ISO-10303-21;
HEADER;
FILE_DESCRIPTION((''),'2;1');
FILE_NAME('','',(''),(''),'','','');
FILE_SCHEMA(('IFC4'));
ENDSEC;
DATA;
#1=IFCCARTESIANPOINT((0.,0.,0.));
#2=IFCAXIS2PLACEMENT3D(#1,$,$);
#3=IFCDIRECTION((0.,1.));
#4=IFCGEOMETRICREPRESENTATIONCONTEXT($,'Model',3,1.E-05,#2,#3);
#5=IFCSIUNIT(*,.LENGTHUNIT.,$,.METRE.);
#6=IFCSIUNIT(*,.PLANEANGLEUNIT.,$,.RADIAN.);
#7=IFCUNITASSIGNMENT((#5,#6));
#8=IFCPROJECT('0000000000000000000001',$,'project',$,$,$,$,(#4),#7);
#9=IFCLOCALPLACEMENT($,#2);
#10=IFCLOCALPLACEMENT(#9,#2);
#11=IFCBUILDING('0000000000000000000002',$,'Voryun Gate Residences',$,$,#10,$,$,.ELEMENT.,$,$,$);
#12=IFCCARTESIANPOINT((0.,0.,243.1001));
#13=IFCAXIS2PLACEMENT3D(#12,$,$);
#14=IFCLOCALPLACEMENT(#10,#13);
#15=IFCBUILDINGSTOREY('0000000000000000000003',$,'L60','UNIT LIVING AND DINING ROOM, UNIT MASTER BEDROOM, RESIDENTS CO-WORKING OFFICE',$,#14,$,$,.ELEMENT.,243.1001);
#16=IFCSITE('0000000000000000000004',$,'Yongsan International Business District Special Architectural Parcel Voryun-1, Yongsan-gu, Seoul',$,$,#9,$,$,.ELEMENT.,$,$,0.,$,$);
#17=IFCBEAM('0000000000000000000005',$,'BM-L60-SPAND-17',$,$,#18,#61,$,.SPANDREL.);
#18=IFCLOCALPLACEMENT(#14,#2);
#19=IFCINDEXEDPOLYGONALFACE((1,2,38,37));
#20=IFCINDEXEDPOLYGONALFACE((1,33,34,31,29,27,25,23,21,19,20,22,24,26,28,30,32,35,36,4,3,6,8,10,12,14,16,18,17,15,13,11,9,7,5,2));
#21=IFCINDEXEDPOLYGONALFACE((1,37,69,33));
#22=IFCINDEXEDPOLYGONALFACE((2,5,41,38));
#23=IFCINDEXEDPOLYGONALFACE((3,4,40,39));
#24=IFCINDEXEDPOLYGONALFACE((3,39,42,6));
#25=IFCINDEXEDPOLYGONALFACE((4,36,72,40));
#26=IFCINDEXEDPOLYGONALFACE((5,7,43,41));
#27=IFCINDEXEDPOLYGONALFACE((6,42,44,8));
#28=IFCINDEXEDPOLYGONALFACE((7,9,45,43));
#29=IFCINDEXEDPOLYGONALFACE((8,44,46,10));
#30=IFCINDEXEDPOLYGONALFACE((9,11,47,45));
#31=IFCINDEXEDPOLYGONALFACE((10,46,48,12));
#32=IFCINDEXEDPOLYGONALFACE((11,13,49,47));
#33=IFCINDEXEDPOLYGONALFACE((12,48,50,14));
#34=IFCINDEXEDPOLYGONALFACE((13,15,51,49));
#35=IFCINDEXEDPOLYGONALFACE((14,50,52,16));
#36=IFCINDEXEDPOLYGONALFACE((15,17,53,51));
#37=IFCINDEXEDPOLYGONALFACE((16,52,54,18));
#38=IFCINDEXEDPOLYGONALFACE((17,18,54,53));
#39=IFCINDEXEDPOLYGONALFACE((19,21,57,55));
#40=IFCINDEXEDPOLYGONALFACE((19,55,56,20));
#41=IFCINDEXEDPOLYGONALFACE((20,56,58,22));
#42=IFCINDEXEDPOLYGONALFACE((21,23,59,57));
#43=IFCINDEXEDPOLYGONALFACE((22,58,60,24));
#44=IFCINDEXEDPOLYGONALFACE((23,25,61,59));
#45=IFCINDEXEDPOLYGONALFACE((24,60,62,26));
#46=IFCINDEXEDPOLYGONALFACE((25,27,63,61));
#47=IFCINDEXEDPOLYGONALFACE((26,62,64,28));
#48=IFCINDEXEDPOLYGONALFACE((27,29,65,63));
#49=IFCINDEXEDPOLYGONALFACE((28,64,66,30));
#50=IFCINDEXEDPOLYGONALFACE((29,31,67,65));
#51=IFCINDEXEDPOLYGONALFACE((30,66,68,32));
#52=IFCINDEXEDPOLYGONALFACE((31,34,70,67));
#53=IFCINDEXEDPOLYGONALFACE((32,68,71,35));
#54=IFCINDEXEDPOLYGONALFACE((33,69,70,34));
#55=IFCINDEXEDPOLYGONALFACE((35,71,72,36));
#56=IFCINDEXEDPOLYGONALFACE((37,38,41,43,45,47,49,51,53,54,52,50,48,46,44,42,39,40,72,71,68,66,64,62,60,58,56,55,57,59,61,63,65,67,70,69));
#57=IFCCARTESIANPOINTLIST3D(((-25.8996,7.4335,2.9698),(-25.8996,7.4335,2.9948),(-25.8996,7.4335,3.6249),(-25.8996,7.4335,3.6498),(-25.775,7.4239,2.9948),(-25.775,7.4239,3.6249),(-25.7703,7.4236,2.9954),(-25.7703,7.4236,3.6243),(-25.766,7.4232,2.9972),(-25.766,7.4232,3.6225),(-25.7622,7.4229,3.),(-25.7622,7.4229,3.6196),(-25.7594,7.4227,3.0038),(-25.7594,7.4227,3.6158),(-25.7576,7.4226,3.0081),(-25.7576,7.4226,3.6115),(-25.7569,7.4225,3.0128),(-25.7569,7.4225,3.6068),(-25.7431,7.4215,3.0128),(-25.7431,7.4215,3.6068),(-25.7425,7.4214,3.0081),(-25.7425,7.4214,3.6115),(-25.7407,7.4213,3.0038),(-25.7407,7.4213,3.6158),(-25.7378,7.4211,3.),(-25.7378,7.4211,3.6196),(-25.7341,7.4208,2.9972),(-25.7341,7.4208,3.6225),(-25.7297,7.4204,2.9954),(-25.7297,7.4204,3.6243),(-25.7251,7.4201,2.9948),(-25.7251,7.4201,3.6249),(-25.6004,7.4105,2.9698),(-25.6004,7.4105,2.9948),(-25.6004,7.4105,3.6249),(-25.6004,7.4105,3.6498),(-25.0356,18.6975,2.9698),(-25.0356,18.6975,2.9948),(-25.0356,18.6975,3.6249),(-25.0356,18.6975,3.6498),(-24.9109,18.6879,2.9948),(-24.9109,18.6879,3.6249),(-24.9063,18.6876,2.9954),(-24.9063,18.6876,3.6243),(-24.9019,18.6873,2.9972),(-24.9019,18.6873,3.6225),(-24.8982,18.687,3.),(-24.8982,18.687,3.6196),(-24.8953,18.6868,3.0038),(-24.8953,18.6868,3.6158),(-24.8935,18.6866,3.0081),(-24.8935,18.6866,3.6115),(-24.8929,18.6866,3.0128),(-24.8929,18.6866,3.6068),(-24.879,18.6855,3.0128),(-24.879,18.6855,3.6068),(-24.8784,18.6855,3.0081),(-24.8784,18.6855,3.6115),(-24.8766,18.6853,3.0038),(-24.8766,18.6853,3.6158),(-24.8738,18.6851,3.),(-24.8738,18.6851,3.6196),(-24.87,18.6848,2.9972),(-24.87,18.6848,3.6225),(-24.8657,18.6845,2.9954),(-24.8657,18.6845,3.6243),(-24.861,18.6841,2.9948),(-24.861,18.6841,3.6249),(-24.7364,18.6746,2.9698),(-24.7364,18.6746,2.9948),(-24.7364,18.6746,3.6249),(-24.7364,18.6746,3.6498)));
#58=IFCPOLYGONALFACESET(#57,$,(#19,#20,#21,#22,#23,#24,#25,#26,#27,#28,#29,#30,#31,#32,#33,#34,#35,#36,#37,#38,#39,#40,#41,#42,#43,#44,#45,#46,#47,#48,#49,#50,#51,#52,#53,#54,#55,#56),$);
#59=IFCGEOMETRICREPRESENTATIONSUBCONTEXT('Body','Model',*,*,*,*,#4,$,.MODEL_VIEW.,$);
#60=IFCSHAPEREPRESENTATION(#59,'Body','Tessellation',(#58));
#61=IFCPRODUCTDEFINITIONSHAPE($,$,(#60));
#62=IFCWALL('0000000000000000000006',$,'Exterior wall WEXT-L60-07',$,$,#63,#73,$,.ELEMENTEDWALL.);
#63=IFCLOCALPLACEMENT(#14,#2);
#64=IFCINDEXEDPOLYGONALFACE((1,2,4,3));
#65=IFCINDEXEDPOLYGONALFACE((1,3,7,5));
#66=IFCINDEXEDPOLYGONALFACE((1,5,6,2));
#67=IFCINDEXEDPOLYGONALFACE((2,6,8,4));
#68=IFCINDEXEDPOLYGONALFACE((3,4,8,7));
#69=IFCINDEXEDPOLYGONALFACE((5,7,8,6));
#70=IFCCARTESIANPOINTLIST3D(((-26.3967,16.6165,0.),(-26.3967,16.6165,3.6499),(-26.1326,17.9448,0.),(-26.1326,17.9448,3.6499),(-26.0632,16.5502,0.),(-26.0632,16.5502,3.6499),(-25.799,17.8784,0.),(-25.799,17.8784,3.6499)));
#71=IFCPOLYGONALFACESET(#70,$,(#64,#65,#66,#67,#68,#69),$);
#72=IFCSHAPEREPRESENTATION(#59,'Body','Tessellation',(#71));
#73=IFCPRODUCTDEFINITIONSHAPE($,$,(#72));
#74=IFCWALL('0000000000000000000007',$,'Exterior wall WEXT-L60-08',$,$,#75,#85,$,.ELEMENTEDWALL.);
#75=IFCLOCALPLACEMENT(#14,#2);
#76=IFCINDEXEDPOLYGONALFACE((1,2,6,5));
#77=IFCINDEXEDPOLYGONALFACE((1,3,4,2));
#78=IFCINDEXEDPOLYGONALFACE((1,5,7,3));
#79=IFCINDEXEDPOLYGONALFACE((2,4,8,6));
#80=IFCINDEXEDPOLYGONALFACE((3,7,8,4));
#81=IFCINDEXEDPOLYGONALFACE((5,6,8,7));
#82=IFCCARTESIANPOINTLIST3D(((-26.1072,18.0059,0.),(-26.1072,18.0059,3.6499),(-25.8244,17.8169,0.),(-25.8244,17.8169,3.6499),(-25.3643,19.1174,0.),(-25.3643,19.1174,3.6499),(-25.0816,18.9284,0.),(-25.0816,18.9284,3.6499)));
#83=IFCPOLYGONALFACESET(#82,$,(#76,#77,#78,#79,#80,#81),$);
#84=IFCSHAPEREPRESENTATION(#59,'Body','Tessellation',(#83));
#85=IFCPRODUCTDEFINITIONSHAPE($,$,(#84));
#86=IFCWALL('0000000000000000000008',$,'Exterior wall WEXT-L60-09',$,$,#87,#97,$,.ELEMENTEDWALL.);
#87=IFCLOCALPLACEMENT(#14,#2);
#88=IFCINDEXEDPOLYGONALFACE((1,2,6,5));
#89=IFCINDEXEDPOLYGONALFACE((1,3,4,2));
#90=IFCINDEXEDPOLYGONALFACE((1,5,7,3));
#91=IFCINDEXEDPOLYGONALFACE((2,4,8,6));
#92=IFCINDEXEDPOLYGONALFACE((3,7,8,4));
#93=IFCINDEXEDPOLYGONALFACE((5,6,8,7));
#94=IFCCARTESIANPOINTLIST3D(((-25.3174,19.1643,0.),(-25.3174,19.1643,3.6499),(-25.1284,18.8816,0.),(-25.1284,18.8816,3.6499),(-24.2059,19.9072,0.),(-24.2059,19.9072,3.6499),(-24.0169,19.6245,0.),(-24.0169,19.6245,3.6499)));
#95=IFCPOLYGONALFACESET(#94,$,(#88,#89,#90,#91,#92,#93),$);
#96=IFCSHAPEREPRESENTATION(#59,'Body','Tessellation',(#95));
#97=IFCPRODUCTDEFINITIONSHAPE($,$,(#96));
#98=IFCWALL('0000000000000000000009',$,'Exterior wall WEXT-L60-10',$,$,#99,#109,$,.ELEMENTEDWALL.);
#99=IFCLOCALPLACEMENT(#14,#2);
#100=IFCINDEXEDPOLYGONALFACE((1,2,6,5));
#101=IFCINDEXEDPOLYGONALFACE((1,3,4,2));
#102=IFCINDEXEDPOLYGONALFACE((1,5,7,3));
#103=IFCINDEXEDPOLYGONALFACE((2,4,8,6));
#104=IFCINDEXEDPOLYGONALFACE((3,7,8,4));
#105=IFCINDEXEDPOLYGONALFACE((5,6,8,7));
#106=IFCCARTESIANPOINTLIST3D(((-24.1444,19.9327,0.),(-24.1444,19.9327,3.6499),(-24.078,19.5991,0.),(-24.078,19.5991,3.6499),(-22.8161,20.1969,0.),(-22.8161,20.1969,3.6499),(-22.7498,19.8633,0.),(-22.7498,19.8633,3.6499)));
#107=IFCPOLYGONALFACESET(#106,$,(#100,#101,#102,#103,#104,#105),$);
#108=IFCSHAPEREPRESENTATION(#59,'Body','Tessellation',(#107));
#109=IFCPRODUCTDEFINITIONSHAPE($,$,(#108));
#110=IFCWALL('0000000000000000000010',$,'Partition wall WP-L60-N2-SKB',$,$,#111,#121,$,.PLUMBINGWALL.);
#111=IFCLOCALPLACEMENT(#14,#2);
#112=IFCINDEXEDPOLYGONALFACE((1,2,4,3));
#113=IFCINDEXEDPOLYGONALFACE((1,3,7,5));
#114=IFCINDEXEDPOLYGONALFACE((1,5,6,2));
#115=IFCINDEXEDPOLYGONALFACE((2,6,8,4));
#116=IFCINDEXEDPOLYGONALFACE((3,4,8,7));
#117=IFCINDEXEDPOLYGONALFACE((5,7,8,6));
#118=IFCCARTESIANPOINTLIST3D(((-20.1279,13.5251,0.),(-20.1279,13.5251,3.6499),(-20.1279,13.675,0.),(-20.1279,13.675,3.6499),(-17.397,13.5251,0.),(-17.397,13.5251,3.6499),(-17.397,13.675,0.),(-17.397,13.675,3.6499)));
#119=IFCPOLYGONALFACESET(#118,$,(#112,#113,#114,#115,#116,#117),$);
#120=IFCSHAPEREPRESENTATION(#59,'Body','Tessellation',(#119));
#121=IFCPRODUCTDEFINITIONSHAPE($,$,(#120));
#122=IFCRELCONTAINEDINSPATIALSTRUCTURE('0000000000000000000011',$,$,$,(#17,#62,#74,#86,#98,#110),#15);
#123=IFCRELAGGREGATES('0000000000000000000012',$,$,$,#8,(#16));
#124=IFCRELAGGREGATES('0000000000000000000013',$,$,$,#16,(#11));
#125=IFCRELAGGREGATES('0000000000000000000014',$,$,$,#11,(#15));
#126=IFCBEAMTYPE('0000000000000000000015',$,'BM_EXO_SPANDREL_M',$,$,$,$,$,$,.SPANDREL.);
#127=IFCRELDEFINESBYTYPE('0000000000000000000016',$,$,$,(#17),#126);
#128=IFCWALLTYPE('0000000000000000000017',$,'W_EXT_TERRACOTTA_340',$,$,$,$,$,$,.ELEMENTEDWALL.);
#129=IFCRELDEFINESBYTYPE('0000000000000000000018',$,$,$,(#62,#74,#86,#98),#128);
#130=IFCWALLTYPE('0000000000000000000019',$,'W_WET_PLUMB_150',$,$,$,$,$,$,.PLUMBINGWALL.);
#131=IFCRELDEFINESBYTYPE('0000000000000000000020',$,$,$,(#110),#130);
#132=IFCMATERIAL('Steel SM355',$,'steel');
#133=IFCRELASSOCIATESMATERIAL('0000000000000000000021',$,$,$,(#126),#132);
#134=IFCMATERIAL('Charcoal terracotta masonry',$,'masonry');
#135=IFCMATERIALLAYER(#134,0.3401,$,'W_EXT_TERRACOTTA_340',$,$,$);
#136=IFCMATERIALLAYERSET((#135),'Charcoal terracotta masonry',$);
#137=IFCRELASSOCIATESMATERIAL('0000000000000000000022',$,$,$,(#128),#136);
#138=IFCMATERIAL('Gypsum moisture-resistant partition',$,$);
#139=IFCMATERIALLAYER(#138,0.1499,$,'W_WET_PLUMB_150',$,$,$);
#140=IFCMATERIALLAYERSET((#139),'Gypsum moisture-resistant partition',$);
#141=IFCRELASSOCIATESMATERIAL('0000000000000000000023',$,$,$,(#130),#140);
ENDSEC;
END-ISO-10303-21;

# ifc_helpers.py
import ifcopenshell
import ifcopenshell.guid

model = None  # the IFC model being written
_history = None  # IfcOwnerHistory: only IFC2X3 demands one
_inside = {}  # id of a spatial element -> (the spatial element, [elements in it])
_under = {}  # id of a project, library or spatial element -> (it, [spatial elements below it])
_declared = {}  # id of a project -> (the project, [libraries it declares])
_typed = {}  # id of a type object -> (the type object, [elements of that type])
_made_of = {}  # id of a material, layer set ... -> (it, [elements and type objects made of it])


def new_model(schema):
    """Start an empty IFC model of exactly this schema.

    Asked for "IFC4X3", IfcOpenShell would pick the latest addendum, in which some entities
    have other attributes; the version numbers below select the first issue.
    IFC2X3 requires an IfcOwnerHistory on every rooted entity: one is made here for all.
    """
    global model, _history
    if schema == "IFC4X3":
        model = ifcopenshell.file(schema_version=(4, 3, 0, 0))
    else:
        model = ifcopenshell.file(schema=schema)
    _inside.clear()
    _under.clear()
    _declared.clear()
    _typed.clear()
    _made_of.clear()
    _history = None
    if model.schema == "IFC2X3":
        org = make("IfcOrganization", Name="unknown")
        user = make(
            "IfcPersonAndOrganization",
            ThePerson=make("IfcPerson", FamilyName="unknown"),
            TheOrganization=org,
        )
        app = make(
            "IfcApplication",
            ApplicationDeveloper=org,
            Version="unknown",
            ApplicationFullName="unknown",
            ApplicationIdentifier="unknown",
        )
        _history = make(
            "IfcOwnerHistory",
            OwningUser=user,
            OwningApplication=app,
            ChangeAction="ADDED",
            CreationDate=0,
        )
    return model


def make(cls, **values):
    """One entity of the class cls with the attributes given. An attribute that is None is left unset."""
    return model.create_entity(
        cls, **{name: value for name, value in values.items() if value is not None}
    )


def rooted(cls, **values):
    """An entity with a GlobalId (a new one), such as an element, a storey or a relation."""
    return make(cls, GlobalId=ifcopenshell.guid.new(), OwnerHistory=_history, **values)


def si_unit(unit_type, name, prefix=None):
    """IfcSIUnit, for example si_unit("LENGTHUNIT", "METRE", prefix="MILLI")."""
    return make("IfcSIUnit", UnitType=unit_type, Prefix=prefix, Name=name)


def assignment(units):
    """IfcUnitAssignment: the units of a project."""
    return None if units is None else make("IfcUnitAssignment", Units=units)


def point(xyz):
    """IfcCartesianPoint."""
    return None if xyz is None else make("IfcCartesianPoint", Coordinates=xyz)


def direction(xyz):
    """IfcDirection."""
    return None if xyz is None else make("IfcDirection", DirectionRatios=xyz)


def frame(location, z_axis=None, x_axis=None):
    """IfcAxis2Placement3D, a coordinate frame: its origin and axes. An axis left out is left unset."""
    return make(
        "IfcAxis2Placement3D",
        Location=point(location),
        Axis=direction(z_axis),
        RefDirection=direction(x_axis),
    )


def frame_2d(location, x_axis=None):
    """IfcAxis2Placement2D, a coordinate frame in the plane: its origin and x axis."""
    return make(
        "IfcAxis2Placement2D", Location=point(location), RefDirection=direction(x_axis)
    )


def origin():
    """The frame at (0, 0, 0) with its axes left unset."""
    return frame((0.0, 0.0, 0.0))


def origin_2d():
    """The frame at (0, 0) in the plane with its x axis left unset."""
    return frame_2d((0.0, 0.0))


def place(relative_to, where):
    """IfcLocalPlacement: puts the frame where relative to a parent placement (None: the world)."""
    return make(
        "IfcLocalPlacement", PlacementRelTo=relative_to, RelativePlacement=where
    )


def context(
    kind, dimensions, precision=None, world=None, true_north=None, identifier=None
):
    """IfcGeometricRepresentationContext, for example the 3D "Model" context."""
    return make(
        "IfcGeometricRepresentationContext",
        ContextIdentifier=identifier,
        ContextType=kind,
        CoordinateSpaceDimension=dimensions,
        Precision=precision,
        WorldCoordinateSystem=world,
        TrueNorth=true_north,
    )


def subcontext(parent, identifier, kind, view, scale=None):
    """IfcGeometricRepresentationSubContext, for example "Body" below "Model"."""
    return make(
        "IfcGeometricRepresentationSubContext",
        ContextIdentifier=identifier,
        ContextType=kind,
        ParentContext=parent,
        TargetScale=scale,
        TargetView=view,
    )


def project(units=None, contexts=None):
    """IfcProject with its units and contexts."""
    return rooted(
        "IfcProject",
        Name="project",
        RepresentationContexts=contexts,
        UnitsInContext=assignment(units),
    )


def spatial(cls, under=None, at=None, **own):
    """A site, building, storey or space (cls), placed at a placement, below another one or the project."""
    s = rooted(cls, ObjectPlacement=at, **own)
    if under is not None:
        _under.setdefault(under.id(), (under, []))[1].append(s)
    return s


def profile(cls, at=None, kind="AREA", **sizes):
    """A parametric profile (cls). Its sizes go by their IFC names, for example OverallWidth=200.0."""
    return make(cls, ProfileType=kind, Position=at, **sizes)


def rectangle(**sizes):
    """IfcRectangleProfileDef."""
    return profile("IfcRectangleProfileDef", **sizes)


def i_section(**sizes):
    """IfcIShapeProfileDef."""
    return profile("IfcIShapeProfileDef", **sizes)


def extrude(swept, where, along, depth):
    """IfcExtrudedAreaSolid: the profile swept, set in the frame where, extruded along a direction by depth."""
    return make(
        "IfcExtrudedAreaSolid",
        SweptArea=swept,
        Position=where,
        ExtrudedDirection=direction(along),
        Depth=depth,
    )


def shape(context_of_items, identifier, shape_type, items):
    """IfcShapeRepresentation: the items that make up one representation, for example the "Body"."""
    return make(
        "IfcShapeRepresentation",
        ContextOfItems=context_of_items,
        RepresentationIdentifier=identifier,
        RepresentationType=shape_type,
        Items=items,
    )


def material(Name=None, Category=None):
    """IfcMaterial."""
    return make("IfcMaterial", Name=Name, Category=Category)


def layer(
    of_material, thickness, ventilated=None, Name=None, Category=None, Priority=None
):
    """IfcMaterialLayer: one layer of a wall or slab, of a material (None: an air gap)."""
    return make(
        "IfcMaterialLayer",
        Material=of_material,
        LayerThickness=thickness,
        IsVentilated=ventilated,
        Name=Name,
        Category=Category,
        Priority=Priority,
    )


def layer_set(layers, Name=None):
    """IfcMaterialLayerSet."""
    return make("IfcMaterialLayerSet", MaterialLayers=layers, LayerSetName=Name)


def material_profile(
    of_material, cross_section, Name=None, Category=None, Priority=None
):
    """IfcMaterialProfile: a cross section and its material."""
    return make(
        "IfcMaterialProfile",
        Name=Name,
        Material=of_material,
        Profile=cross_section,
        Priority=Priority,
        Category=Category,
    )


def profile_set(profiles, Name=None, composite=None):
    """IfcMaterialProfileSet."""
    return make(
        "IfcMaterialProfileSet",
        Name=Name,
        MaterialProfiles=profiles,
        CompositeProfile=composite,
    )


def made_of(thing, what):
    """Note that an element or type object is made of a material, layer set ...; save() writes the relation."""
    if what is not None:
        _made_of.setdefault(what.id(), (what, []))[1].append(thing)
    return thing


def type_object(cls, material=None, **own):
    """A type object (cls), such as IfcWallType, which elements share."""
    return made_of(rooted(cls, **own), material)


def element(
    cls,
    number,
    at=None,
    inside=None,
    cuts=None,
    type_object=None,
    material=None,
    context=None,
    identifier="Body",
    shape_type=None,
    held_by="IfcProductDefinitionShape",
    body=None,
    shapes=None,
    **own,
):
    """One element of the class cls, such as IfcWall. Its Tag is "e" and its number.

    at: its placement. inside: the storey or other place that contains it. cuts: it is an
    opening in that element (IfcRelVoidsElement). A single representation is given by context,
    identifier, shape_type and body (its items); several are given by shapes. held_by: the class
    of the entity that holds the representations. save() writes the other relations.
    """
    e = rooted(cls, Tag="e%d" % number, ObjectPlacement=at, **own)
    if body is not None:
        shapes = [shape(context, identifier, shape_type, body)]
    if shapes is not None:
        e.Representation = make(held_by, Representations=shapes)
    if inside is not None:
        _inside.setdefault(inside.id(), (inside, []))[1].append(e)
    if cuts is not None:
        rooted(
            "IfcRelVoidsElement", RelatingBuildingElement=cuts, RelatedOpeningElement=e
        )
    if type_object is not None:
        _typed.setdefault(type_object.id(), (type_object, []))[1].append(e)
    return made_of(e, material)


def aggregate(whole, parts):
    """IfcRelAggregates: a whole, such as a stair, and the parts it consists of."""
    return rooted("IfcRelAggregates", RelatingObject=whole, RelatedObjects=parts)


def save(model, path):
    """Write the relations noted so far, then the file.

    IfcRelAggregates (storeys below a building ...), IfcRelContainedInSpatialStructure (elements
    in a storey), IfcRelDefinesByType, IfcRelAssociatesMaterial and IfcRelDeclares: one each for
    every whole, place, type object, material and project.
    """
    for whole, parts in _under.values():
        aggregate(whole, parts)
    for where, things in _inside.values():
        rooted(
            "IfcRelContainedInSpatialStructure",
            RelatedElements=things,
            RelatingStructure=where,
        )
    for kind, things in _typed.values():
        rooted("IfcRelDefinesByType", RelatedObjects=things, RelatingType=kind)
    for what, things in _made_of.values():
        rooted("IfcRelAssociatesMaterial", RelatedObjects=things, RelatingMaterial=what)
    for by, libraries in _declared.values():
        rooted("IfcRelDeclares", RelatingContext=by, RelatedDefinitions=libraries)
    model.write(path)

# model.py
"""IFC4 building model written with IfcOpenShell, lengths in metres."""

from ifc_helpers import new_model, si_unit, direction, frame, frame_2d, origin, origin_2d, place, context, subcontext, project, spatial, rectangle, i_section, extrude, material, layer, layer_set, material_profile, profile_set, type_object, element, save


model = new_model("IFC4")

# Units and contexts
model_context = context("Model", 3, precision=1e-05, world=origin(), true_north=direction((0.0, 1.0)))
body_context = subcontext(model_context, "Body", "Model", "MODEL_VIEW")
ifc_project = project(units=[si_unit("LENGTHUNIT", "METRE"), si_unit("PLANEANGLEUNIT", "RADIAN")], contexts=[model_context])

# Site, building, storey
site_placement = place(None, origin())
site = spatial("IfcSite", under=ifc_project, at=site_placement, Name="Yongsan International Business District Special Architectural Parcel Voryun-1, Yongsan-gu, Seoul", CompositionType="ELEMENT", RefElevation=0.0)
building_placement = place(site_placement, origin())
building = spatial("IfcBuilding", under=site, at=building_placement, Name="Voryun Gate Residences", CompositionType="ELEMENT")
storey_placement = place(building_placement, frame((0.0, 0.0, 243.1001)))
storey = spatial("IfcBuildingStorey", under=building, at=storey_placement, Name="L60", Description="UNIT LIVING AND DINING ROOM, UNIT MASTER BEDROOM, RESIDENTS CO-WORKING OFFICE", CompositionType="ELEMENT", Elevation=243.1001)

# Beam
ifc_material_1 = material(Name="Steel SM355", Category="steel")
ifc_material_profile_1 = material_profile(ifc_material_1, i_section(OverallWidth=0.3, OverallDepth=0.6799, WebThickness=0.0139, FlangeThickness=0.0249, FilletRadius=0.0181, at=origin_2d()), Name="H-680x300x14x25")
ifc_profile_set_1 = profile_set([ifc_material_profile_1], Name="Steel SM355")
beam_type = type_object("IfcBeamType", Name="BM_EXO_SPANDREL_M", PredefinedType="SPANDREL", material=ifc_profile_set_1)
beam_1_placement = place(storey_placement, frame((-24.886, 18.686, 3.3098), z_axis=(-0.076482, -0.997071, 0.0), x_axis=(0.997071, -0.076482, 0.0)))
element("IfcBeam", 1, at=beam_1_placement, inside=storey, type_object=beam_type, Name="BM-L60-SPAND-17", PredefinedType="SPANDREL", context=body_context, shape_type="SweptSolid", body=[
    extrude(i_section(OverallWidth=0.3, OverallDepth=0.6799, WebThickness=0.0139, FlangeThickness=0.0249, FilletRadius=0.0181, at=origin_2d()), origin(), (0.0, 0.0, 1.0), 11.2971),
])

# Walls
ifc_material_2 = material(Name="Charcoal terracotta masonry", Category="masonry")
ifc_layer_1 = layer(ifc_material_2, 0.3401, Name="W_EXT_TERRACOTTA_340")
ifc_layer_set_1 = layer_set([ifc_layer_1], Name="Charcoal terracotta masonry")
wall_type_1 = type_object("IfcWallType", Name="W_EXT_TERRACOTTA_340", PredefinedType="ELEMENTEDWALL", material=ifc_layer_set_1)
wall_1_placement = place(storey_placement, frame((-26.23, 16.5833, 0.0), z_axis=(0.0, 0.0, 1.0), x_axis=(0.195076, 0.980788, 0.0)))
element("IfcWall", 2, at=wall_1_placement, inside=storey, type_object=wall_type_1, Name="Exterior wall WEXT-L60-07", PredefinedType="ELEMENTEDWALL", context=body_context, shape_type="SweptSolid", body=[
    extrude(rectangle(XDim=1.3542, YDim=0.3401, at=frame_2d((0.6772, 0.0))), origin(), (0.0, 0.0, 1.0), 3.6499),
])
for number, where, z_axis, x_axis, name in (
    (3, (-25.9658, 17.9114, 0.0), (0.0, 0.0, 1.0), (0.555669, 0.831404, 0.0), "Exterior wall WEXT-L60-08"),
    (4, (-25.2229, 19.0229, 0.0), (0.0, 0.0, 1.0), (0.831404, 0.555669, 0.0), "Exterior wall WEXT-L60-09"),
):
    element("IfcWall", number, at=place(storey_placement, frame(where, z_axis=z_axis, x_axis=x_axis)), inside=storey, type_object=wall_type_1, Name=name, PredefinedType="ELEMENTEDWALL", context=body_context, shape_type="SweptSolid", body=[
        extrude(rectangle(XDim=1.3369, YDim=0.3401, at=frame_2d((0.6685, 0.0))), origin(), (0.0, 0.0, 1.0), 3.6499),
    ])
wall_2_placement = place(storey_placement, frame((-24.1113, 19.7659, 0.0), z_axis=(0.0, 0.0, 1.0), x_axis=(0.980788, 0.195076, 0.0)))
element("IfcWall", 5, at=wall_2_placement, inside=storey, type_object=wall_type_1, Name="Exterior wall WEXT-L60-10", PredefinedType="ELEMENTEDWALL", context=body_context, shape_type="SweptSolid", body=[
    extrude(rectangle(XDim=1.3542, YDim=0.3401, at=frame_2d((0.6772, 0.0))), origin(), (0.0, 0.0, 1.0), 3.6499),
])

# Wall
ifc_material_3 = material(Name="Gypsum moisture-resistant partition")
ifc_layer_2 = layer(ifc_material_3, 0.1499, Name="W_WET_PLUMB_150")
ifc_layer_set_2 = layer_set([ifc_layer_2], Name="Gypsum moisture-resistant partition")
wall_type_2 = type_object("IfcWallType", Name="W_WET_PLUMB_150", PredefinedType="PLUMBINGWALL", material=ifc_layer_set_2)
wall_3_placement = place(storey_placement, frame((-20.1279, 13.6001, 0.0), z_axis=(0.0, 0.0, 1.0), x_axis=(1.0, 0.0, 0.0)))
element("IfcWall", 6, at=wall_3_placement, inside=storey, type_object=wall_type_2, Name="Partition wall WP-L60-N2-SKB", PredefinedType="PLUMBINGWALL", context=body_context, shape_type="SweptSolid", body=[
    extrude(rectangle(XDim=2.731, YDim=0.1499, at=frame_2d((1.3655, 0.0))), origin(), (0.0, 0.0, 1.0), 3.6499),
])

save(model, "model.ifc")
